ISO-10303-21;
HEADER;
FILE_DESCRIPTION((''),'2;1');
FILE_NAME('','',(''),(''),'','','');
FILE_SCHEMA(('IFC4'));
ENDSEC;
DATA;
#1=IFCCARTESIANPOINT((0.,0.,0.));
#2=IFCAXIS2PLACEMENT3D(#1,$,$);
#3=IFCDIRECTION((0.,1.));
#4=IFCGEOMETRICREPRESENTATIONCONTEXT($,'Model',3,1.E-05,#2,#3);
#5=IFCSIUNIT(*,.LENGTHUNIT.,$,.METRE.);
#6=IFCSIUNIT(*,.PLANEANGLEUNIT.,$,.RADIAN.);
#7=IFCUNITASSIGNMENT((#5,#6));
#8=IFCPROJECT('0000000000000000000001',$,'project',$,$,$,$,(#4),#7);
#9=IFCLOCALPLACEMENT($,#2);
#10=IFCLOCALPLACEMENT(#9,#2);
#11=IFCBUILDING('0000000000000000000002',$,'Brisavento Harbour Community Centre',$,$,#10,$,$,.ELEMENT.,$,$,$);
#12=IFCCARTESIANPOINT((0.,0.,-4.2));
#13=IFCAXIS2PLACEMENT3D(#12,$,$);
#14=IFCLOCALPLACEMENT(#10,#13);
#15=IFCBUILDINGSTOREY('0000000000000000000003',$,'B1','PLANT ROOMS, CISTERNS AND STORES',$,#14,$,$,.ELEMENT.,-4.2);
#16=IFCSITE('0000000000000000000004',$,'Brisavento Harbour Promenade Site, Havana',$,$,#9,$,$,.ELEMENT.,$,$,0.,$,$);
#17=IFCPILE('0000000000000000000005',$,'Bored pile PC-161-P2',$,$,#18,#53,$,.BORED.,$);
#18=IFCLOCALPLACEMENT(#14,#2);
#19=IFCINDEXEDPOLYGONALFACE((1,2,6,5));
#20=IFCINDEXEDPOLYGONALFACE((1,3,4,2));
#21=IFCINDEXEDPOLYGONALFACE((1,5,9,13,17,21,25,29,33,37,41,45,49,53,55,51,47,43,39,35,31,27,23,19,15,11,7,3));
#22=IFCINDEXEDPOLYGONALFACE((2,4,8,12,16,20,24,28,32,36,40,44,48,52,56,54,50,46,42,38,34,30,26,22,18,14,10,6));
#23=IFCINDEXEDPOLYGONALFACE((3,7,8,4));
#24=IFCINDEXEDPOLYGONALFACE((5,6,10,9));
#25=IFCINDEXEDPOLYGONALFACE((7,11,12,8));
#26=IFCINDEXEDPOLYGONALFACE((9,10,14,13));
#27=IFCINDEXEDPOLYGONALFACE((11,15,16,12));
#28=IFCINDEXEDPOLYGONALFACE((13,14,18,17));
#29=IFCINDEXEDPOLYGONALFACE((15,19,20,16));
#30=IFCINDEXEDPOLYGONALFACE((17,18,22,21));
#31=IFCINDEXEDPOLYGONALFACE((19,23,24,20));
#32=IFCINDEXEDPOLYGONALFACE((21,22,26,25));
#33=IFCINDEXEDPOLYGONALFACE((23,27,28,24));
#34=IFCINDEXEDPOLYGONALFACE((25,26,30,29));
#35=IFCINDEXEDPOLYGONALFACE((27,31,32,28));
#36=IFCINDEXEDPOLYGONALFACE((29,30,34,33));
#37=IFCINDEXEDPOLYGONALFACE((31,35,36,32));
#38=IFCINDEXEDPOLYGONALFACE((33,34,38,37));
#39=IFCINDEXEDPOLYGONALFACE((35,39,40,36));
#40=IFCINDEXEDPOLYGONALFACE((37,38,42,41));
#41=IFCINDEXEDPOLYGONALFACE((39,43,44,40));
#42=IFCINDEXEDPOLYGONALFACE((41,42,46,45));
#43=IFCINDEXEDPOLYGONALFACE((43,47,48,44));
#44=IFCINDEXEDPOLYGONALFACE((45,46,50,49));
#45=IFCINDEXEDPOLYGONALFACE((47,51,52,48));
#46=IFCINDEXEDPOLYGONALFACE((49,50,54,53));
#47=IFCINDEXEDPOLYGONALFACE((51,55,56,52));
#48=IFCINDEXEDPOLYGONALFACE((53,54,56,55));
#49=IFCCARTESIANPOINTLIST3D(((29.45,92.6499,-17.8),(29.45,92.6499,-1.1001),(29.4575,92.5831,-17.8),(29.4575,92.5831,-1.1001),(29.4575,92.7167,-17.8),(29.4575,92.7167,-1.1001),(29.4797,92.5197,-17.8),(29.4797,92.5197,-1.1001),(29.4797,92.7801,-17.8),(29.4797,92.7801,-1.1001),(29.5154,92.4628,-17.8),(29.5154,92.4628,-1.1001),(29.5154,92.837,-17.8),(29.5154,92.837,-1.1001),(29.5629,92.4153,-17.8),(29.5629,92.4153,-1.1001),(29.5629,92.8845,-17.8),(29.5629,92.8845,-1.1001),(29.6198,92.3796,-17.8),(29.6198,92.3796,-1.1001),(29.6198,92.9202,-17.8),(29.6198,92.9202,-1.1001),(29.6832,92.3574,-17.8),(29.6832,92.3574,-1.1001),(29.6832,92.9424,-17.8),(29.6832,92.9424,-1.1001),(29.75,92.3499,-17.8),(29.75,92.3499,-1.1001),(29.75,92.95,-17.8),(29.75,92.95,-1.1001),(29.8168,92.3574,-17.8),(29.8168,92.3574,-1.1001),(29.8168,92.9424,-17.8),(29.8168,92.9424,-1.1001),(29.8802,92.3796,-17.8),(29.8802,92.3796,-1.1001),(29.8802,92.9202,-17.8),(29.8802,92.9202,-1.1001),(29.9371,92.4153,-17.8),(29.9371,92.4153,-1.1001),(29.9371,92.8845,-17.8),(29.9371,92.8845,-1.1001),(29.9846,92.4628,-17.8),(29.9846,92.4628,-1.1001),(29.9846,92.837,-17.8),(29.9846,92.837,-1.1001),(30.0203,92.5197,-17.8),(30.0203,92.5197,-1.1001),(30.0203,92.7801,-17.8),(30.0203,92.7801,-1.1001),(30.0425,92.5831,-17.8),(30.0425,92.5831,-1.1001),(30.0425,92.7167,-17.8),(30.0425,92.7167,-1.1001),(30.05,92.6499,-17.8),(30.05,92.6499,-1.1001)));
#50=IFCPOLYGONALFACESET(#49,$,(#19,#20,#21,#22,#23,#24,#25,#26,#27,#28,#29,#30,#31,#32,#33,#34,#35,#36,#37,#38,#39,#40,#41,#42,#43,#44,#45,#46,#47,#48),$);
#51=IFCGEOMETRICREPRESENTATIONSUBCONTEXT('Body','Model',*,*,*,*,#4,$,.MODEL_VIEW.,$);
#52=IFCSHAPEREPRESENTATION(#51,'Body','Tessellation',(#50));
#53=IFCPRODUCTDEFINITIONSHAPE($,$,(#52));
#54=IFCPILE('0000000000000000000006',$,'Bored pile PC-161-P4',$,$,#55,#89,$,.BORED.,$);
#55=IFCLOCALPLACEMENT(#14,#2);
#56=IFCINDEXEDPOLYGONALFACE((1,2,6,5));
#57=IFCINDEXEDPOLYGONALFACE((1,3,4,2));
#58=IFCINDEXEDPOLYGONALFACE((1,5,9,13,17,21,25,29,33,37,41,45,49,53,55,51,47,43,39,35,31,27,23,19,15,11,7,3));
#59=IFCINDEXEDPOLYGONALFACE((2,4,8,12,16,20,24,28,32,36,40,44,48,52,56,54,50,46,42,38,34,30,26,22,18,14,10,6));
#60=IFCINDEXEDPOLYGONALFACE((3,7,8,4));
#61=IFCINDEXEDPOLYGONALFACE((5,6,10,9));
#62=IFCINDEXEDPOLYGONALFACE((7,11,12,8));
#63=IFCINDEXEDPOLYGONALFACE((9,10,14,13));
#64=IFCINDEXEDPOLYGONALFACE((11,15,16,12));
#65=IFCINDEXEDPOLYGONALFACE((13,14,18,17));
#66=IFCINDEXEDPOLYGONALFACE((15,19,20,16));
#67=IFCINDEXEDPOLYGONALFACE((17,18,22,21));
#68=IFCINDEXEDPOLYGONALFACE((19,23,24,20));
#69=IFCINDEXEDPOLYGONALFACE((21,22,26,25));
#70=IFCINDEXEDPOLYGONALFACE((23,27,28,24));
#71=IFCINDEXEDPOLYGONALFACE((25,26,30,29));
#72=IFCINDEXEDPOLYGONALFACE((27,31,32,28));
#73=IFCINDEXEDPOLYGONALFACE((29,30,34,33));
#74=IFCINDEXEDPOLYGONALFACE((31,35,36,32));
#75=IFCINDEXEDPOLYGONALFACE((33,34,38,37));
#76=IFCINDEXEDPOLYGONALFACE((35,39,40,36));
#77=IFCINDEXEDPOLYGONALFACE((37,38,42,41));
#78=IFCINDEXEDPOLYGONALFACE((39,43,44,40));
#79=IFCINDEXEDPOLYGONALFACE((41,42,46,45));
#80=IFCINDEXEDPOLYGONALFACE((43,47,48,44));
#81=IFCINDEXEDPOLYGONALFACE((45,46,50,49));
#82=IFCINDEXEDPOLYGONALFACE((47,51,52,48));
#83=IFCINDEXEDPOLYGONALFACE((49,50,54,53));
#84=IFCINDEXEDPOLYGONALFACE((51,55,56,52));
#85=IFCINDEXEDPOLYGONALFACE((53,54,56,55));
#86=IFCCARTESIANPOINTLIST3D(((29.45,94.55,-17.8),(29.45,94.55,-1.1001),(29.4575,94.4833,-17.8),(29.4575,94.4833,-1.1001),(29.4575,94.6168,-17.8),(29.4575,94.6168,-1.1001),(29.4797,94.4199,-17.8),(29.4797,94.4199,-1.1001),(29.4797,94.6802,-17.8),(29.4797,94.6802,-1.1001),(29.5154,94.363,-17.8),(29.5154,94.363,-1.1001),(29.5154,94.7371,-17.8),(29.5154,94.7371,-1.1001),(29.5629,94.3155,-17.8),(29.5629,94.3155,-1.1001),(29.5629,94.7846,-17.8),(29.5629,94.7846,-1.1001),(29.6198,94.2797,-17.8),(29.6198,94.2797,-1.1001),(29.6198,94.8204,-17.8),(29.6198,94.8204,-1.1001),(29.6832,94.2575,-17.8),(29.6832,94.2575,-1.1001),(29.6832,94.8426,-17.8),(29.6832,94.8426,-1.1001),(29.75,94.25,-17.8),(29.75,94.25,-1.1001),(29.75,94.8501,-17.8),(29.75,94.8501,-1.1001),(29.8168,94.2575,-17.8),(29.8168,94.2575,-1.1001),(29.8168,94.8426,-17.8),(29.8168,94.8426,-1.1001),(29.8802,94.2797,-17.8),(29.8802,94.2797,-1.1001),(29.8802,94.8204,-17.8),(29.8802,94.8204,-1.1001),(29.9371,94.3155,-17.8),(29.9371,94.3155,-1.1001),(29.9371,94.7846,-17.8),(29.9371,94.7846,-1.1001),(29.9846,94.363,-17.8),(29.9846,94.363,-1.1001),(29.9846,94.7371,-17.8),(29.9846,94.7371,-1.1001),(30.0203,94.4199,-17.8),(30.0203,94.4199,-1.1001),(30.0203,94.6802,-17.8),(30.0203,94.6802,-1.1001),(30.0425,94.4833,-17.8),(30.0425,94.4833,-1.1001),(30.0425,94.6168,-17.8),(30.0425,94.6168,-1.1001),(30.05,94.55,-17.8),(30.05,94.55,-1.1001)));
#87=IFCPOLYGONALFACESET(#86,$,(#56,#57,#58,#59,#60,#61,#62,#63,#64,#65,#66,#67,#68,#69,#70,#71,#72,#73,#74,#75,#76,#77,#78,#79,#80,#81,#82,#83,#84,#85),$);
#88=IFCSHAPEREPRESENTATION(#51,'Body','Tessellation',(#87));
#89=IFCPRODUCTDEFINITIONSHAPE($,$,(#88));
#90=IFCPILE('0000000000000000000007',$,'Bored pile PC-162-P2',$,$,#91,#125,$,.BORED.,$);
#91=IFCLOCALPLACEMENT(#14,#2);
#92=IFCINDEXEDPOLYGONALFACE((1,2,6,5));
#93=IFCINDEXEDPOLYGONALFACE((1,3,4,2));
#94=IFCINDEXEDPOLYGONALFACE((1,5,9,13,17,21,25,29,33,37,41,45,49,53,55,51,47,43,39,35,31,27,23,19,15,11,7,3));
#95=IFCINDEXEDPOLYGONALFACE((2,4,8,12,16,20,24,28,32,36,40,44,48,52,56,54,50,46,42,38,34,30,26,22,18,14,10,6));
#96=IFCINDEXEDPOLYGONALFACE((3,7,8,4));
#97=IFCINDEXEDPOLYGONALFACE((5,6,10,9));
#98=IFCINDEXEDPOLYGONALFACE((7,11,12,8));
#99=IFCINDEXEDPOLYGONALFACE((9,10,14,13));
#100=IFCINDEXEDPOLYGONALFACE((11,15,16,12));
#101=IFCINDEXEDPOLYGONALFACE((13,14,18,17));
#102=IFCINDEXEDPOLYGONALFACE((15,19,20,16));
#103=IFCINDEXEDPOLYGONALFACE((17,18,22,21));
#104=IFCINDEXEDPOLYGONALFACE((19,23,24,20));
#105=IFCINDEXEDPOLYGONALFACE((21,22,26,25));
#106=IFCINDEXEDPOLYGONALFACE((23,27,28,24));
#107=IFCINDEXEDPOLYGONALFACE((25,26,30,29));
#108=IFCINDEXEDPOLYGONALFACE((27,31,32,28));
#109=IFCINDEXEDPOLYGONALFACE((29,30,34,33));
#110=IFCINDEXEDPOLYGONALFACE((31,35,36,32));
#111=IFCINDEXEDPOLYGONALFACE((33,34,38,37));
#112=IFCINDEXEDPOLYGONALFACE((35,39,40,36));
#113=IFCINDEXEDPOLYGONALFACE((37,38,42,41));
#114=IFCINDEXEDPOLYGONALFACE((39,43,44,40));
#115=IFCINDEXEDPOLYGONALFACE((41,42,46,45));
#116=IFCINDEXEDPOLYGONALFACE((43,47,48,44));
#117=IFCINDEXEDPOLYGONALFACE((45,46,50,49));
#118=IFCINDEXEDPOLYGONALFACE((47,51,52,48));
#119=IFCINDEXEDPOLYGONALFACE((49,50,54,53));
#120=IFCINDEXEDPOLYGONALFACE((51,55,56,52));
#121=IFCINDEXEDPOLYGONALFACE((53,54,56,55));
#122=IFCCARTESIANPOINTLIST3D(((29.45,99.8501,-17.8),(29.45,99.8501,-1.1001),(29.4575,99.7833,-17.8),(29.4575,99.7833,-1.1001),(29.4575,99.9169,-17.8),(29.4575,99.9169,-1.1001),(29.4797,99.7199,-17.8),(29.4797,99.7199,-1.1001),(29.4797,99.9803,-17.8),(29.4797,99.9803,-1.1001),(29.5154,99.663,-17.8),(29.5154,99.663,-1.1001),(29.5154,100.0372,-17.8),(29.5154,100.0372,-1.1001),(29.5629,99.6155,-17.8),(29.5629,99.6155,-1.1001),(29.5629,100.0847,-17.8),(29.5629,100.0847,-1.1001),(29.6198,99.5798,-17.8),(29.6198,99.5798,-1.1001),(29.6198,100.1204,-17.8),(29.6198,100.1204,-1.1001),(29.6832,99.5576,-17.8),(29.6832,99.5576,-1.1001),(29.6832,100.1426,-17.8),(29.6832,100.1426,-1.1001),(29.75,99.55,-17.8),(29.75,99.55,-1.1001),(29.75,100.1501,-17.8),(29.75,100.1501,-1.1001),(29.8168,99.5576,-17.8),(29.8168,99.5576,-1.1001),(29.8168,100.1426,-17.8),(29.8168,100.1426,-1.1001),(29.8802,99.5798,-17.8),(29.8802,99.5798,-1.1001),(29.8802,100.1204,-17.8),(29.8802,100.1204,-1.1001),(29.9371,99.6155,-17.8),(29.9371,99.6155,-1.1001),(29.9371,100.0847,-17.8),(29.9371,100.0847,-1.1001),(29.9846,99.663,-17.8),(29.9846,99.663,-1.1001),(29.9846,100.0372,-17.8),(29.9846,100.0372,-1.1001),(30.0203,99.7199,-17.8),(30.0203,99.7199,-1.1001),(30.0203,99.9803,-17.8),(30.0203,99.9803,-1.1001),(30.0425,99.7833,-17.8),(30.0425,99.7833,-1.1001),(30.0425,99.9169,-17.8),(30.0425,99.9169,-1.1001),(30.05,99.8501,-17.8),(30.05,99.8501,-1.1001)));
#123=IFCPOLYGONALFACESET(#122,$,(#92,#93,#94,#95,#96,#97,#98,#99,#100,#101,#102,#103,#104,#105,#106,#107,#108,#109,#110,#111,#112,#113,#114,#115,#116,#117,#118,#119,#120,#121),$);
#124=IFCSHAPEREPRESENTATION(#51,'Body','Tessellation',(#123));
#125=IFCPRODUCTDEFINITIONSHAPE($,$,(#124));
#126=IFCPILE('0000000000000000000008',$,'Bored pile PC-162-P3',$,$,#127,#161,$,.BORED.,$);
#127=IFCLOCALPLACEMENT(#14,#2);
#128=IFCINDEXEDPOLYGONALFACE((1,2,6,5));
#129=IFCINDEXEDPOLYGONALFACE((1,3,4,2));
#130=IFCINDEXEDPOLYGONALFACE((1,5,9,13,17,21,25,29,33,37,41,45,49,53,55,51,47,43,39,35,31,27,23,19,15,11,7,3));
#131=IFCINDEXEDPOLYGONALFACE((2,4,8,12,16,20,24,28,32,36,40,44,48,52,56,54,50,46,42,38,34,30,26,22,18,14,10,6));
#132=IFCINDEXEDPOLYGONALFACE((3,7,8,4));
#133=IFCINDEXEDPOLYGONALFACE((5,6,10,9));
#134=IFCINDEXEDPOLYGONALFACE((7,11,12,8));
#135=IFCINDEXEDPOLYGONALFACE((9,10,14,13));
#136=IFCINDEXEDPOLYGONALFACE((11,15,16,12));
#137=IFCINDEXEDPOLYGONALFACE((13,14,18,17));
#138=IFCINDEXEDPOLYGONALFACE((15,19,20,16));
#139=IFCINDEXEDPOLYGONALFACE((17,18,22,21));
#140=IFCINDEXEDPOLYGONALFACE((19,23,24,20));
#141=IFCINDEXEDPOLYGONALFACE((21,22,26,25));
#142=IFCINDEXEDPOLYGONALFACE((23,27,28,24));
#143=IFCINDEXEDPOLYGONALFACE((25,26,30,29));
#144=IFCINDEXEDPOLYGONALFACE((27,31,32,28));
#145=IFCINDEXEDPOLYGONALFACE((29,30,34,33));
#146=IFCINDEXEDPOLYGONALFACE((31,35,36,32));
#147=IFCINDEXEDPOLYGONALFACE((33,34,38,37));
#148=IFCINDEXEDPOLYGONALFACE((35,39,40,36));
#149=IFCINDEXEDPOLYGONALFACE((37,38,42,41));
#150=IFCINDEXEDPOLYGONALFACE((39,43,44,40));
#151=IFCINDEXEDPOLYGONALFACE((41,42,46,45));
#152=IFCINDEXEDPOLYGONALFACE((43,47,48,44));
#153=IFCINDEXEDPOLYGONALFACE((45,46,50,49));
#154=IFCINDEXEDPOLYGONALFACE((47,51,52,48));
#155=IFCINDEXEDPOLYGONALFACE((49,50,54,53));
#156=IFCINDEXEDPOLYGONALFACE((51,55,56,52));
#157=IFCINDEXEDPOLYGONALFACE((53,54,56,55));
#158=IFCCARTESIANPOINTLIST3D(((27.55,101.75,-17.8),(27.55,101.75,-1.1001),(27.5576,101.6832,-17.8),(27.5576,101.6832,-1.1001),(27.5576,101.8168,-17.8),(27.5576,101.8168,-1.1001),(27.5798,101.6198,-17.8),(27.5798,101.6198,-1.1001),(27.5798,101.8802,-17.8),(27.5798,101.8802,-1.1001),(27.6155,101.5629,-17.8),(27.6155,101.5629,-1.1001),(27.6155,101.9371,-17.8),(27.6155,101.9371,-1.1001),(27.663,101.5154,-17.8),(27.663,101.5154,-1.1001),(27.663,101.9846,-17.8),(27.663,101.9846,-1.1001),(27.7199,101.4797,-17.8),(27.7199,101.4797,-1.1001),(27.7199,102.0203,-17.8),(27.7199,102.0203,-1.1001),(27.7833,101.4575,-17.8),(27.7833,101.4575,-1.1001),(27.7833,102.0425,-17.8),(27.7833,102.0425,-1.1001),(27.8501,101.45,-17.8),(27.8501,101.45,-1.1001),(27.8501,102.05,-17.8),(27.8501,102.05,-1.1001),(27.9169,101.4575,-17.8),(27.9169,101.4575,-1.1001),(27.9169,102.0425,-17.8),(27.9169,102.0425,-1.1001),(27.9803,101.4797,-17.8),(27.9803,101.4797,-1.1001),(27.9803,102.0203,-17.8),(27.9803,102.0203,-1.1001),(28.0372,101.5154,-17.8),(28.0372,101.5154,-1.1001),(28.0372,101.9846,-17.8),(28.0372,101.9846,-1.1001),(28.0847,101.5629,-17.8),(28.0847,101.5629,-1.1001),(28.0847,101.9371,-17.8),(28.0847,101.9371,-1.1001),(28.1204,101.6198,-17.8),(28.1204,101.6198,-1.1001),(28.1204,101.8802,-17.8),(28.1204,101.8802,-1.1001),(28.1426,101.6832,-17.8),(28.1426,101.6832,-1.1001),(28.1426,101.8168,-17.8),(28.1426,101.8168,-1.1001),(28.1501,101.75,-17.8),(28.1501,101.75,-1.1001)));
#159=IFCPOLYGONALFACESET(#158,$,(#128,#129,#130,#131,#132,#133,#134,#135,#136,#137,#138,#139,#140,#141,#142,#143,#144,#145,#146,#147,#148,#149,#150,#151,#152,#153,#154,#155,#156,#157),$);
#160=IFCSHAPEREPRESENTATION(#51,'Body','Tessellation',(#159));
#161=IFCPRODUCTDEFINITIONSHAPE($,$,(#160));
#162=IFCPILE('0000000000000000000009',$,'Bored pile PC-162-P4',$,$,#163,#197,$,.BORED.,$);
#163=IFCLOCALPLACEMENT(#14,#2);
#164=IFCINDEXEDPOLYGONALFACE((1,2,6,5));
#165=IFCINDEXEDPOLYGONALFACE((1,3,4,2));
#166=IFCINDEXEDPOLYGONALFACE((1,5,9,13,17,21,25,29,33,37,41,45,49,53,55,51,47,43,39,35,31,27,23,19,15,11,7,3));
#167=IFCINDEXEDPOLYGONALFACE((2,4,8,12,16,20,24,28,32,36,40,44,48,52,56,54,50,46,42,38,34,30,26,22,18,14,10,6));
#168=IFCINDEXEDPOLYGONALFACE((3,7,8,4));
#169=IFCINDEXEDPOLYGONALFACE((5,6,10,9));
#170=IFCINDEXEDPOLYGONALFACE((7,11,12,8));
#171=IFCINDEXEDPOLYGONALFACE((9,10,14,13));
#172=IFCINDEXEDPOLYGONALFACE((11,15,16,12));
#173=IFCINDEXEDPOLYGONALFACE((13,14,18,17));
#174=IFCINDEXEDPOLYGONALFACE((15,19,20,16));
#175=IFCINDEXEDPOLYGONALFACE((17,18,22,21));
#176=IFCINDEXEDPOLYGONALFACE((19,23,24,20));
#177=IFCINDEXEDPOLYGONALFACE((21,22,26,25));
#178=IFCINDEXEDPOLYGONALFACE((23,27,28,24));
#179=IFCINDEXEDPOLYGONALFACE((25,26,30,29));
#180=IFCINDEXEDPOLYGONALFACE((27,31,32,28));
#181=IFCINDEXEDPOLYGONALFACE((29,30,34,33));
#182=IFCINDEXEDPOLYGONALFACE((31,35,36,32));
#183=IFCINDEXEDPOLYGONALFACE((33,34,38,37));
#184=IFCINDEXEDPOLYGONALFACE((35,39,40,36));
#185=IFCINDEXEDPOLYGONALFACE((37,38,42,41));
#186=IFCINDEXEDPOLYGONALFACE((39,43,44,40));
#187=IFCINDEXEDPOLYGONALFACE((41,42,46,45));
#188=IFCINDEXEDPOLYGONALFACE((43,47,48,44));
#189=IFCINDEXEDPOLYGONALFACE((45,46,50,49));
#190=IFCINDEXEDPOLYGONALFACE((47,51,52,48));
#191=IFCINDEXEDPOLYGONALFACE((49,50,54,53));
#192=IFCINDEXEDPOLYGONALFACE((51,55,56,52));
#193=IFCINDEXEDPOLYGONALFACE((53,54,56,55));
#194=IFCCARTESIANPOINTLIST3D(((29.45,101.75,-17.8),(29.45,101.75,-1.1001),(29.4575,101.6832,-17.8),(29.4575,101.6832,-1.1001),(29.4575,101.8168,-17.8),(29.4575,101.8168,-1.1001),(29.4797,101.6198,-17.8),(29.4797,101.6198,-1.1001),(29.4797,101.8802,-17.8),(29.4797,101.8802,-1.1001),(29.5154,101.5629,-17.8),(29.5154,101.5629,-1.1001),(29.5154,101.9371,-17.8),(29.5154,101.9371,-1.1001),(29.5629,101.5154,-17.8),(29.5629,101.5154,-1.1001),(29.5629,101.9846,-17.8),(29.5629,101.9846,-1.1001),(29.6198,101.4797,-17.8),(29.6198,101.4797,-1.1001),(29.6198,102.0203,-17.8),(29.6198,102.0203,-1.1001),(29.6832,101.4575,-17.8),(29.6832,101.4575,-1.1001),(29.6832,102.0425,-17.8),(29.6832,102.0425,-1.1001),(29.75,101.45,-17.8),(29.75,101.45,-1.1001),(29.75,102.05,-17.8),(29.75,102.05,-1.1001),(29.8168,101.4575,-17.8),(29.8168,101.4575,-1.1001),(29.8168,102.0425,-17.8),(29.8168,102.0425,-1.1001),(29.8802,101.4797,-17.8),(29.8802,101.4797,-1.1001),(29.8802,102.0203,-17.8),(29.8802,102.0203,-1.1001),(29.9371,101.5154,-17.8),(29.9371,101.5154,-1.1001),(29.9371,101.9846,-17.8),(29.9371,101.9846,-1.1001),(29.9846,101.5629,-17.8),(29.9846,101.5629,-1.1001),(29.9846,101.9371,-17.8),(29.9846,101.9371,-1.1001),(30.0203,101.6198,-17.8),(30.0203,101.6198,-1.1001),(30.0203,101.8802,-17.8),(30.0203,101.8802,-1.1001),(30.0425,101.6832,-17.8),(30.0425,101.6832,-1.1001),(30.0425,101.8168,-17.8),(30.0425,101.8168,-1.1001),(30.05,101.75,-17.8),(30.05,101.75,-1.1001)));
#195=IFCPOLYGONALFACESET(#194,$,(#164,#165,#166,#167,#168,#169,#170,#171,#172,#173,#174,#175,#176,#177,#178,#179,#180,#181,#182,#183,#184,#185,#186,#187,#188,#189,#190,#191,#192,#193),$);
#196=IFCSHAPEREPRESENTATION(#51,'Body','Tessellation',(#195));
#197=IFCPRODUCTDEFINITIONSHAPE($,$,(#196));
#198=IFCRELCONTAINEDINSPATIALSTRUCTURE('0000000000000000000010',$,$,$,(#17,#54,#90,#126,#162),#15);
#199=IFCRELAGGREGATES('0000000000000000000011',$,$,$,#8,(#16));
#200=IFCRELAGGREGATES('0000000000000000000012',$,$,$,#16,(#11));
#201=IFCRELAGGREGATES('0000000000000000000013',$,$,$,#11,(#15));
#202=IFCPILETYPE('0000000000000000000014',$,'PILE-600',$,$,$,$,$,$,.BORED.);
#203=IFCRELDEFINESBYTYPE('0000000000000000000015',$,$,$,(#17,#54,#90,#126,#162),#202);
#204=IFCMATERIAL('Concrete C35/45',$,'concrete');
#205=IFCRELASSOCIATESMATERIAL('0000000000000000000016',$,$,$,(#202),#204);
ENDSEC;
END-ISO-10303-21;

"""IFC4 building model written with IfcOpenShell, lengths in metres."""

from ifc_helpers import new_model, si_unit, direction, frame, origin, origin_2d, place, context, subcontext, project, spatial, circle, extrude, material, material_profile, profile_set, type_object, element, save


model = new_model("IFC4")

# Units and contexts
model_context = context("Model", 3, precision=1e-05, world=origin(), true_north=direction((0.0, 1.0)))
body_context = subcontext(model_context, "Body", "Model", "MODEL_VIEW")
ifc_project = project(units=[si_unit("LENGTHUNIT", "METRE"), si_unit("PLANEANGLEUNIT", "RADIAN")], contexts=[model_context])

# Site, building, storey
site_placement = place(None, origin())
site = spatial("IfcSite", under=ifc_project, at=site_placement, Name="Brisavento Harbour Promenade Site, Havana", CompositionType="ELEMENT", RefElevation=0.0)
building_placement = place(site_placement, origin())
building = spatial("IfcBuilding", under=site, at=building_placement, Name="Brisavento Harbour Community Centre", CompositionType="ELEMENT")
storey_placement = place(building_placement, frame((0.0, 0.0, -4.2)))
storey = spatial("IfcBuildingStorey", under=building, at=storey_placement, Name="B1", Description="PLANT ROOMS, CISTERNS AND STORES", CompositionType="ELEMENT", Elevation=-4.2)

# Shared definitions
ifc_material = material(Name="Concrete C35/45", Category="concrete")

# Piles
ifc_material_profile_1 = material_profile(ifc_material, circle(Radius=0.3, at=origin_2d()), Name="Concrete C35/45")
ifc_profile_set_1 = profile_set([ifc_material_profile_1], Name="Concrete C35/45")
pile_type = type_object("IfcPileType", Name="PILE-600", PredefinedType="BORED", material=ifc_profile_set_1)
for number, where, z_axis, x_axis, name in (
    (1, (29.75, 92.6499, -1.1001), (0.0, 0.0, -1.0), (1.0, 0.0, 0.0), "Bored pile PC-161-P2"),
    (2, (29.75, 94.55, -1.1001), (0.0, 0.0, -1.0), (1.0, 0.0, 0.0), "Bored pile PC-161-P4"),
    (3, (29.75, 99.8501, -1.1001), (0.0, 0.0, -1.0), (1.0, 0.0, 0.0), "Bored pile PC-162-P2"),
    (4, (27.8501, 101.75, -1.1001), (0.0, 0.0, -1.0), (1.0, 0.0, 0.0), "Bored pile PC-162-P3"),
    (5, (29.75, 101.75, -1.1001), (0.0, 0.0, -1.0), (1.0, 0.0, 0.0), "Bored pile PC-162-P4"),
):
    element("IfcPile", number, at=place(storey_placement, frame(where, z_axis=z_axis, x_axis=x_axis)), inside=storey, type_object=pile_type, Name=name, PredefinedType="BORED", context=body_context, shape_type="SweptSolid", body=[
        extrude(circle(Radius=0.3, at=origin_2d()), origin(), (0.0, 0.0, 1.0), 16.7),
    ])

save(model, "model.ifc")
